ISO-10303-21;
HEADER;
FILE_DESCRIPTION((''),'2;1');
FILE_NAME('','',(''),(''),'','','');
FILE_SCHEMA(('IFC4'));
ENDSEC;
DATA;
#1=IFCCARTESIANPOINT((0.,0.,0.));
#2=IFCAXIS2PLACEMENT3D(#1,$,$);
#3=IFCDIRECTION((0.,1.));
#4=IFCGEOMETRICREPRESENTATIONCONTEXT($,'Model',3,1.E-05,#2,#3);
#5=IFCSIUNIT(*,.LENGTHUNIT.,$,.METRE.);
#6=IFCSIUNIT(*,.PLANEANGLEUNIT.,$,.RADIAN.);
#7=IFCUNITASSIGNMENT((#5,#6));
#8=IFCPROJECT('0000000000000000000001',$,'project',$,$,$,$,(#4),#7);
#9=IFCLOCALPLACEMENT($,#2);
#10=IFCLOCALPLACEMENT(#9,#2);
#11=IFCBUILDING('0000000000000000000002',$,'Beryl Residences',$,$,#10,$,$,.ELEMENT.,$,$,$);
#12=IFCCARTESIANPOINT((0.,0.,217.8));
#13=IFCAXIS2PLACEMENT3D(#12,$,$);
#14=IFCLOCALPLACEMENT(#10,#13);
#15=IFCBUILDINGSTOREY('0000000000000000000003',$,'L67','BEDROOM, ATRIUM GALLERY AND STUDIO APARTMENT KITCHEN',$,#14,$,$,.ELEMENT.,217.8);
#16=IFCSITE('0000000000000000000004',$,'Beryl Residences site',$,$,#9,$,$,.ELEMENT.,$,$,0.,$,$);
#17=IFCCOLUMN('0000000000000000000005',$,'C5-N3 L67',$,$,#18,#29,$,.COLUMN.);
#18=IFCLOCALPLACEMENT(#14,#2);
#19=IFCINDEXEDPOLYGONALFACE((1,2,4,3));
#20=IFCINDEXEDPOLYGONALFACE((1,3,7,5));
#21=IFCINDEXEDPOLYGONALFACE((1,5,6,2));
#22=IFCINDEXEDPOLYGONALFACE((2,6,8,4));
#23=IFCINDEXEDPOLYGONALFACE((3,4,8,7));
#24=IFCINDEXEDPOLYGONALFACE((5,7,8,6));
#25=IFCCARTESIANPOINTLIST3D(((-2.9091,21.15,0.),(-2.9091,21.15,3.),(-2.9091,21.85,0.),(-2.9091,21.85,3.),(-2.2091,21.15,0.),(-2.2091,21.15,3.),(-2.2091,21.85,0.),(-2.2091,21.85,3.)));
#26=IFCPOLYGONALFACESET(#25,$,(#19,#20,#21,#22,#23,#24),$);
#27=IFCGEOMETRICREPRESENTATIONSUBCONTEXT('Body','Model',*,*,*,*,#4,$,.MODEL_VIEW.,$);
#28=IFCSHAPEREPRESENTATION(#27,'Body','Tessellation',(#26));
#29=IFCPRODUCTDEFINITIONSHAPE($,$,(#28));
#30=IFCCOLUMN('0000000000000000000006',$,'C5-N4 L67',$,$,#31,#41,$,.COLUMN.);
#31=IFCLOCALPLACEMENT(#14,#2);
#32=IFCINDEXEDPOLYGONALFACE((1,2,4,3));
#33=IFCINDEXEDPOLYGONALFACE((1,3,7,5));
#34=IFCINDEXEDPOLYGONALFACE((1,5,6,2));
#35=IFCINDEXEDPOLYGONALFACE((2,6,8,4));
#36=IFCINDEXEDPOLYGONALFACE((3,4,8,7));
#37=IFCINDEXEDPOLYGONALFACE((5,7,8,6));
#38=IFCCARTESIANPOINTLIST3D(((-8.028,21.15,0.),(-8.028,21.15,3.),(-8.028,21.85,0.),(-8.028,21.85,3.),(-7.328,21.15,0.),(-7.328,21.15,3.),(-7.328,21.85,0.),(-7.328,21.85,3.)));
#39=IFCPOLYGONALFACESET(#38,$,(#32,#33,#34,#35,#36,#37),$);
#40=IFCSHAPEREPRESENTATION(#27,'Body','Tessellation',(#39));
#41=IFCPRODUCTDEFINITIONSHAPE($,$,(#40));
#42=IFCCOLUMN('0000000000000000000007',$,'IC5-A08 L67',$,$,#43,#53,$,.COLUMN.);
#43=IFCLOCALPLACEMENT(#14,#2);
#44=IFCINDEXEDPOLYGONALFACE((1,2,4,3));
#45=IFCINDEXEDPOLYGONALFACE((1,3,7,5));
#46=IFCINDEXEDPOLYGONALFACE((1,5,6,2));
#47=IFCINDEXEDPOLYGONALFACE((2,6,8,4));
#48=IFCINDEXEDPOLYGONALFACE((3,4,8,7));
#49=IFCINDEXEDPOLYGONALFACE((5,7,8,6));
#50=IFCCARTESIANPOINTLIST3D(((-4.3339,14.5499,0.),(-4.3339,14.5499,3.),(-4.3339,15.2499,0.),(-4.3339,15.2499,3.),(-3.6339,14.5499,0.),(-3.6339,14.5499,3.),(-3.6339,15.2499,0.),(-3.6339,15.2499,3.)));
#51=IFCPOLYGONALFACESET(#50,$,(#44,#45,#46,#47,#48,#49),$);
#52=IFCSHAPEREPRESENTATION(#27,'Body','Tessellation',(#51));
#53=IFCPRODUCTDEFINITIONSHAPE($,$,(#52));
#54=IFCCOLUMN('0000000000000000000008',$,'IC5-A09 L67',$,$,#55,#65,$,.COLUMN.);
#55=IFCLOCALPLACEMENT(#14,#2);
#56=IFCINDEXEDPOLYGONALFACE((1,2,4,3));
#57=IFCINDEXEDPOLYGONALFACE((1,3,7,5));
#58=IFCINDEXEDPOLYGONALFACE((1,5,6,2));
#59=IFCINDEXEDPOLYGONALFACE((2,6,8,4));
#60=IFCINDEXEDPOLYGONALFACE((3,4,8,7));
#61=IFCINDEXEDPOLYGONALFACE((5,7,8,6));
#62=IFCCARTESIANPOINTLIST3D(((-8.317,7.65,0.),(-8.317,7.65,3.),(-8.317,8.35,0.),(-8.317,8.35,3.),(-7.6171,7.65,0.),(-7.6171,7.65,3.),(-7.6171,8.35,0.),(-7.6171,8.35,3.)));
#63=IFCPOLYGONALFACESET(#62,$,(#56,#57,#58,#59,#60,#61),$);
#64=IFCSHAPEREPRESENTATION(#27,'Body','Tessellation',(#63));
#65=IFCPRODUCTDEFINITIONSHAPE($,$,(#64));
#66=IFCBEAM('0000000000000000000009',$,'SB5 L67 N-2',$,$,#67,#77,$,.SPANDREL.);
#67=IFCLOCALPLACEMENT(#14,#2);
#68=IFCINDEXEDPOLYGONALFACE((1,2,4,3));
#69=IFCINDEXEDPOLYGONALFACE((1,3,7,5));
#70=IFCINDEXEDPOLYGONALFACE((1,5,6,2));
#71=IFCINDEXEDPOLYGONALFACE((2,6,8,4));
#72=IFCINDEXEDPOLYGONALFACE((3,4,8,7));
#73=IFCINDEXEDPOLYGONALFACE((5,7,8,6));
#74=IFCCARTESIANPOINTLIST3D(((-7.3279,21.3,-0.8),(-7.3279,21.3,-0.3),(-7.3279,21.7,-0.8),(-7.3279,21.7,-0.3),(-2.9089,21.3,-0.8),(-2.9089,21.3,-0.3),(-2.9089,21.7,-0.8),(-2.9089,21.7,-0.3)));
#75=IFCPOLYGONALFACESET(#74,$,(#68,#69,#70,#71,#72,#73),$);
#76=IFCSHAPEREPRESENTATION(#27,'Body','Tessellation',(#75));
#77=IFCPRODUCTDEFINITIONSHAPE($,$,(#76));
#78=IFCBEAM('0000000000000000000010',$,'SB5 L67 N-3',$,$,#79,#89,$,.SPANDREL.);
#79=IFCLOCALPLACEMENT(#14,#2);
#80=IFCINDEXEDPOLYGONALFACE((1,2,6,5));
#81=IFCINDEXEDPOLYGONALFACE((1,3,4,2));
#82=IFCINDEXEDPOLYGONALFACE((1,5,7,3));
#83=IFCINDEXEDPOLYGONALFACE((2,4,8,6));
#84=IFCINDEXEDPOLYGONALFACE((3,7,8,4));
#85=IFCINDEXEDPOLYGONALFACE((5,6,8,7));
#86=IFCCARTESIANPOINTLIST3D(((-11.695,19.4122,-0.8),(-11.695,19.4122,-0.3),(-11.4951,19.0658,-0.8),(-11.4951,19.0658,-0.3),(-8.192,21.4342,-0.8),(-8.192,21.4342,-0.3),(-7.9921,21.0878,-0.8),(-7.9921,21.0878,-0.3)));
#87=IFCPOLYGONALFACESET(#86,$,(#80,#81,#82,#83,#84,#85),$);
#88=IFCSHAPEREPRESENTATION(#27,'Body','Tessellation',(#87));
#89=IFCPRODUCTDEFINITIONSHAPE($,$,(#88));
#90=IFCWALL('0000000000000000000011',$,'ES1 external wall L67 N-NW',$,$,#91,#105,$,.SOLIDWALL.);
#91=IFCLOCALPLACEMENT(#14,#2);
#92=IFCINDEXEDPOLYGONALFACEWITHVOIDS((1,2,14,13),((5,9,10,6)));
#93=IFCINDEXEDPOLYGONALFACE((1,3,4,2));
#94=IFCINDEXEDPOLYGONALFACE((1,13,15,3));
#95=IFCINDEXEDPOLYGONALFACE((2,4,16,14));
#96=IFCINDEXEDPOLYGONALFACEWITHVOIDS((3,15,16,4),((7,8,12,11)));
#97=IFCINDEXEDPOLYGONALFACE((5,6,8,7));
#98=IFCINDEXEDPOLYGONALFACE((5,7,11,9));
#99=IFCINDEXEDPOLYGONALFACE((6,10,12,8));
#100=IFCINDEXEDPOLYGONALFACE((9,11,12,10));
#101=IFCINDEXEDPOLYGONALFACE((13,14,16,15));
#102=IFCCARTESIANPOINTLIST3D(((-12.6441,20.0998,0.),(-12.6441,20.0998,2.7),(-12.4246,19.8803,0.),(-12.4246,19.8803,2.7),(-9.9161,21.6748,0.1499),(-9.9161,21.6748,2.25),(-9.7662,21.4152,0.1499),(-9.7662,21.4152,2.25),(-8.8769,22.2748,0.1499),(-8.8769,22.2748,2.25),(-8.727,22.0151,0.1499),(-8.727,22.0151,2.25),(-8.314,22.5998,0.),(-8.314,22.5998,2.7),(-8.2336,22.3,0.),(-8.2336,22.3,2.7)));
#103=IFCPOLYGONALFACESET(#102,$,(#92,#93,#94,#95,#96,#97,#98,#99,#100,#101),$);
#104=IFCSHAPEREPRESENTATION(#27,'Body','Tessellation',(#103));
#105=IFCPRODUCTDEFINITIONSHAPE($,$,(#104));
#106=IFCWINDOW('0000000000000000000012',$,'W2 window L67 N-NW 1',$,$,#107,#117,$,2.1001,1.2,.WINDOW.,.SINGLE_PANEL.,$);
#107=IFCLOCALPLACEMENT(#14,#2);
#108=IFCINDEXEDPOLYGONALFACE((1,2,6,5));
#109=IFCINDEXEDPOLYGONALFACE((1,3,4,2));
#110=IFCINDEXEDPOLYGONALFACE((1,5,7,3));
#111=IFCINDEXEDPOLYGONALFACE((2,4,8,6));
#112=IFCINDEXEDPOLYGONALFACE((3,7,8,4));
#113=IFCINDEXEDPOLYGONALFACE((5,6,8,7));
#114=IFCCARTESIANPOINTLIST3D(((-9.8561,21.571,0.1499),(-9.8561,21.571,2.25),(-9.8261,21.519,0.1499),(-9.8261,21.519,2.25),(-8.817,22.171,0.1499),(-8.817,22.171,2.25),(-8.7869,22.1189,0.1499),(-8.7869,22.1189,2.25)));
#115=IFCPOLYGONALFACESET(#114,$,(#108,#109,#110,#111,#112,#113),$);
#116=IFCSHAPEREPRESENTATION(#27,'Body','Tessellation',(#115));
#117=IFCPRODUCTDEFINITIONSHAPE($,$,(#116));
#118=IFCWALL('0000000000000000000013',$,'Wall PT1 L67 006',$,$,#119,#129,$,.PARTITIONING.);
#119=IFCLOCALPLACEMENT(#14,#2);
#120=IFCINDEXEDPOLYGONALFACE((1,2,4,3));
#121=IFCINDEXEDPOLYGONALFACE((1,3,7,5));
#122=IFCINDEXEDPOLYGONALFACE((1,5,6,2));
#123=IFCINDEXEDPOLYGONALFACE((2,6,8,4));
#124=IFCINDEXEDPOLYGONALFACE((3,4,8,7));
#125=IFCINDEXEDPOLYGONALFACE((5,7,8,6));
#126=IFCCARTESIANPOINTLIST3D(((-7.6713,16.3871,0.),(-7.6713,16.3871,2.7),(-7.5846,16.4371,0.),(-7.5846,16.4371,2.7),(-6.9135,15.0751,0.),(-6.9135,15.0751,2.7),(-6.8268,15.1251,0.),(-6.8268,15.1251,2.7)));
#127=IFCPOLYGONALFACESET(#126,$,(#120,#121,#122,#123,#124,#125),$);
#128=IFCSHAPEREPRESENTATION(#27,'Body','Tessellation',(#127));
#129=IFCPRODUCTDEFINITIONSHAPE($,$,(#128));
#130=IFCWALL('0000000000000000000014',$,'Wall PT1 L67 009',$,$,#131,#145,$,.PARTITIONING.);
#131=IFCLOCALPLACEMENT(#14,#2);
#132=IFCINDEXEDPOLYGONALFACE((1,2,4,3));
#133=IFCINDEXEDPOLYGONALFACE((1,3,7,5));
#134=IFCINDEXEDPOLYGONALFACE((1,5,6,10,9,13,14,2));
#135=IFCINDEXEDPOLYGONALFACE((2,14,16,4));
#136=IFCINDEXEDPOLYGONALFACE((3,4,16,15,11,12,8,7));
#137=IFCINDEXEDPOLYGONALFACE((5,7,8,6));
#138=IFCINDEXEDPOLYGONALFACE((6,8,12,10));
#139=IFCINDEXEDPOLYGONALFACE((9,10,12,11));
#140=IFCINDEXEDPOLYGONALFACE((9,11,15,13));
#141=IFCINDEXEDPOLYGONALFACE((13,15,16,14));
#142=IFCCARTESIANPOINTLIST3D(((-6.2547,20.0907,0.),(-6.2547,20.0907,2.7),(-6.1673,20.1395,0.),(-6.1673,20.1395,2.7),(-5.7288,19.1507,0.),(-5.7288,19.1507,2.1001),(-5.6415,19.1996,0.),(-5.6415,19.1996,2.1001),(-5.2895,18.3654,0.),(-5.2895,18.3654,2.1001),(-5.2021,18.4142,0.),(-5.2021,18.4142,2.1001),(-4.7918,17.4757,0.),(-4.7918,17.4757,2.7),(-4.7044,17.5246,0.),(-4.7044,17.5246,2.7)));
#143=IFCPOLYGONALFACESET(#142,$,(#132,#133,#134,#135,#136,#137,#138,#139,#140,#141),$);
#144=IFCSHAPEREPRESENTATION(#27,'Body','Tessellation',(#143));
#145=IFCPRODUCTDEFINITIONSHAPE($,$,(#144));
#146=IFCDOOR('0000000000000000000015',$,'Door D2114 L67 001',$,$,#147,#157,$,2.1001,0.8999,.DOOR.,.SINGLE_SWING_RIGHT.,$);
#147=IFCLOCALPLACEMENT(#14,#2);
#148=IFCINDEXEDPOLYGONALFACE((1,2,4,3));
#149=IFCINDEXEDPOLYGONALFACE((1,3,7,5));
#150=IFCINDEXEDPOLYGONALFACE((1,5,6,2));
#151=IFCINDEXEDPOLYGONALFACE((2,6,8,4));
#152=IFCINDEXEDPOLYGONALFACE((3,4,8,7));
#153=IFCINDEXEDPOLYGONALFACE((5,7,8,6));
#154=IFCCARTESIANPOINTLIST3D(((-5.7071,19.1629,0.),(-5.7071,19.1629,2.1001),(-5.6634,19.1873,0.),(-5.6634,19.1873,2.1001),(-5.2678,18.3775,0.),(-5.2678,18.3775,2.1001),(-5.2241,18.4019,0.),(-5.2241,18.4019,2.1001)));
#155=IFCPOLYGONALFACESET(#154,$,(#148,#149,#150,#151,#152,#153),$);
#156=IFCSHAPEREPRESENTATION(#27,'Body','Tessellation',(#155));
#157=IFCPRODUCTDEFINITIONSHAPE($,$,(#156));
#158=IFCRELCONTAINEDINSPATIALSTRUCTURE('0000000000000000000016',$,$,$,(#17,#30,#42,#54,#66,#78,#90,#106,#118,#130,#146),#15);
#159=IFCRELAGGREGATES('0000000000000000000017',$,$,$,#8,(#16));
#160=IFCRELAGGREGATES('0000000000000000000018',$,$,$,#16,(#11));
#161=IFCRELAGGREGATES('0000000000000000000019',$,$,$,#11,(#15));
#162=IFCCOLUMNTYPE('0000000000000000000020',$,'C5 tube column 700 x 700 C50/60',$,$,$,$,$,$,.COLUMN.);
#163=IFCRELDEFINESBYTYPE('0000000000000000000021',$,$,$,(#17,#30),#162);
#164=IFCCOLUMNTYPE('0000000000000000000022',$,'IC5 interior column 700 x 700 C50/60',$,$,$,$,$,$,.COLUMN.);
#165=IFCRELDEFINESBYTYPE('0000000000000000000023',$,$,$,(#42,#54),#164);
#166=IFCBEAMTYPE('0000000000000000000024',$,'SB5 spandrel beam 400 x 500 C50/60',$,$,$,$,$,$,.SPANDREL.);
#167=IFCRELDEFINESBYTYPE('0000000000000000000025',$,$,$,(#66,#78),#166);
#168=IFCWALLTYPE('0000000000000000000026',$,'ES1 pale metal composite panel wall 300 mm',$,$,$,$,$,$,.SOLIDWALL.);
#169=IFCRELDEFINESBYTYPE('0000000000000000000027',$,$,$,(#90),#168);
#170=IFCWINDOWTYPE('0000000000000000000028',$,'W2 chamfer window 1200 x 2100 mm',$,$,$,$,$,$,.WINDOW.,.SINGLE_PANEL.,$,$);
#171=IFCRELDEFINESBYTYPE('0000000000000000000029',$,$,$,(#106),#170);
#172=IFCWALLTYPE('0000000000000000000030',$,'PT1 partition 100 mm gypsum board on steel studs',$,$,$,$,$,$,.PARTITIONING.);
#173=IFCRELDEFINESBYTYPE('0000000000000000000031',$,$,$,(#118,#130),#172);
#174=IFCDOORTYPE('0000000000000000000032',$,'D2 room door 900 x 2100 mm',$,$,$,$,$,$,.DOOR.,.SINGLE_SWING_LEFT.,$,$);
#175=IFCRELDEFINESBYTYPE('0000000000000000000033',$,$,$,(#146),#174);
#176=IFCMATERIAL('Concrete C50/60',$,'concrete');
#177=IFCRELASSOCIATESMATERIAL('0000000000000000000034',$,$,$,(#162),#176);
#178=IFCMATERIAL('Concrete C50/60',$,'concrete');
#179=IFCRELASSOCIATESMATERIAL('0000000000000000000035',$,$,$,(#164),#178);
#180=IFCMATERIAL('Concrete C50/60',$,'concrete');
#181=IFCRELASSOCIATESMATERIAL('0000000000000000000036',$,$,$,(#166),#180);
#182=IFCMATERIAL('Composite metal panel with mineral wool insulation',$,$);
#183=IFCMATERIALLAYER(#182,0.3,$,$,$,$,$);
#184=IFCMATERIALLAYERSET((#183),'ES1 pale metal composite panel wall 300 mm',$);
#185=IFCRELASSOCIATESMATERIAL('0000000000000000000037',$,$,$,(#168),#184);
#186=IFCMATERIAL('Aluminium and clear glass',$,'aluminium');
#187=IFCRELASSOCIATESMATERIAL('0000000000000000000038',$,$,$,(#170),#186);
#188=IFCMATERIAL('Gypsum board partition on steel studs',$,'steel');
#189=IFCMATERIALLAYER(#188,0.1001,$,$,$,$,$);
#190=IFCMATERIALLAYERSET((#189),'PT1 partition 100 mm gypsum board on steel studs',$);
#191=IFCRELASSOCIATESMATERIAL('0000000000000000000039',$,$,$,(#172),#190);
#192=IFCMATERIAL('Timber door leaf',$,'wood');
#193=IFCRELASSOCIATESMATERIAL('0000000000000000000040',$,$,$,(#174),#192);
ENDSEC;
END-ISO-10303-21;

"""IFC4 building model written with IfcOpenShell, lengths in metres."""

from ifc_helpers import new_model, si_unit, direction, frame, frame_2d, origin, origin_2d, place, context, subcontext, project, spatial, polyline, rectangle, outline, extrude, material, layer, layer_set, material_profile, profile_set, type_object, element, fill, save


model = new_model("IFC4")

# Units and contexts
model_context = context("Model", 3, precision=1e-05, world=origin(), true_north=direction((0.0, 1.0)))
body_context = subcontext(model_context, "Body", "Model", "MODEL_VIEW")
ifc_project = project(units=[si_unit("LENGTHUNIT", "METRE"), si_unit("PLANEANGLEUNIT", "RADIAN")], contexts=[model_context])

# Site, building, storey
site_placement = place(None, origin())
site = spatial("IfcSite", under=ifc_project, at=site_placement, Name="Beryl Residences site", CompositionType="ELEMENT", RefElevation=0.0)
building_placement = place(site_placement, origin())
building = spatial("IfcBuilding", under=site, at=building_placement, Name="Beryl Residences", CompositionType="ELEMENT")
storey_placement = place(building_placement, frame((0.0, 0.0, 217.8)))
storey = spatial("IfcBuildingStorey", under=building, at=storey_placement, Name="L67", Description="BEDROOM, ATRIUM GALLERY AND STUDIO APARTMENT KITCHEN", CompositionType="ELEMENT", Elevation=217.8)

# Columns
ifc_material_1 = material(Name="Concrete C50/60", Category="concrete")
ifc_material_profile_1 = material_profile(ifc_material_1, rectangle(XDim=0.7, YDim=0.7, at=origin_2d()))
ifc_profile_set_1 = profile_set([ifc_material_profile_1], Name="Concrete C50/60")
column_type_1 = type_object("IfcColumnType", Name="C5 tube column 700 x 700 C50/60", PredefinedType="COLUMN", material=ifc_profile_set_1)
for number, where, z_axis, x_axis, name in (
    (1, (-2.5591, 21.5, 0.0), (0.0, 0.0, 1.0), (-1.0, 0.0, 0.0), "C5-N3 L67"),
    (2, (-7.678, 21.5, 0.0), (0.0, 0.0, 1.0), (-1.0, 0.0, 0.0), "C5-N4 L67"),
):
    element("IfcColumn", number, at=place(storey_placement, frame(where, z_axis=z_axis, x_axis=x_axis)), inside=storey, type_object=column_type_1, Name=name, PredefinedType="COLUMN", context=body_context, shape_type="SweptSolid", body=[
        extrude(rectangle(XDim=0.7, YDim=0.7, at=origin_2d()), origin(), (0.0, 0.0, 1.0), 3.0),
    ])
ifc_material_2 = material(Name="Concrete C50/60", Category="concrete")
ifc_material_profile_2 = material_profile(ifc_material_2, rectangle(XDim=0.7, YDim=0.7, at=origin_2d()))
ifc_profile_set_2 = profile_set([ifc_material_profile_2], Name="Concrete C50/60")
column_type_2 = type_object("IfcColumnType", Name="IC5 interior column 700 x 700 C50/60", PredefinedType="COLUMN", material=ifc_profile_set_2)
for number, where, z_axis, x_axis, name in (
    (3, (-3.9839, 14.8999, 0.0), (0.0, 0.0, 1.0), (1.0, 0.0, 0.0), "IC5-A08 L67"),
    (4, (-7.967, 8.0, 0.0), (0.0, 0.0, 1.0), (1.0, 0.0, 0.0), "IC5-A09 L67"),
):
    element("IfcColumn", number, at=place(storey_placement, frame(where, z_axis=z_axis, x_axis=x_axis)), inside=storey, type_object=column_type_2, Name=name, PredefinedType="COLUMN", context=body_context, shape_type="SweptSolid", body=[
        extrude(rectangle(XDim=0.7, YDim=0.7, at=origin_2d()), origin(), (0.0, 0.0, 1.0), 3.0),
    ])

# Beams
ifc_material_3 = material(Name="Concrete C50/60", Category="concrete")
ifc_material_profile_3 = material_profile(ifc_material_3, rectangle(XDim=0.3999, YDim=0.5, at=origin_2d()))
ifc_profile_set_3 = profile_set([ifc_material_profile_3], Name="Concrete C50/60")
beam_type = type_object("IfcBeamType", Name="SB5 spandrel beam 400 x 500 C50/60", PredefinedType="SPANDREL", material=ifc_profile_set_3)
beam_1_placement = place(storey_placement, frame((-2.9089, 21.5, -0.55), z_axis=(-1.0, 0.0, 0.0), x_axis=(0.0, -1.0, 0.0)))
element("IfcBeam", 5, at=beam_1_placement, inside=storey, type_object=beam_type, Name="SB5 L67 N-2", PredefinedType="SPANDREL", context=body_context, shape_type="SweptSolid", body=[
    extrude(rectangle(XDim=0.3999, YDim=0.5, at=origin_2d()), origin(), (0.0, 0.0, 1.0), 4.4189),
])
beam_2_placement = place(storey_placement, frame((-8.092, 21.261, -0.55), z_axis=(-0.866073, -0.499918, 0.0), x_axis=(0.499918, -0.866073, 0.0)))
element("IfcBeam", 6, at=beam_2_placement, inside=storey, type_object=beam_type, Name="SB5 L67 N-3", PredefinedType="SPANDREL", context=body_context, shape_type="SweptSolid", body=[
    extrude(rectangle(XDim=0.3999, YDim=0.5, at=origin_2d()), origin(), (0.0, 0.0, 1.0), 4.0447),
])

# Wall, opening, window
ifc_material_4 = material(Name="Composite metal panel with mineral wool insulation")
ifc_layer_1 = layer(ifc_material_4, 0.3)
ifc_layer_set_1 = layer_set([ifc_layer_1], Name="ES1 pale metal composite panel wall 300 mm")
wall_type_1 = type_object("IfcWallType", Name="ES1 pale metal composite panel wall 300 mm", PredefinedType="SOLIDWALL", material=ifc_layer_set_1)
wall_1_placement = place(storey_placement, frame((-8.239, 22.47, 0.0), z_axis=(0.0, 0.0, 1.0), x_axis=(-0.866023, -0.500004, 0.0)))
wall_1 = element("IfcWall", 7, at=wall_1_placement, inside=storey, type_object=wall_type_1, Name="ES1 external wall L67 N-NW", PredefinedType="SOLIDWALL", context=body_context, shape_type="SweptSolid", body=[
    extrude(outline(polyline([(0.0, -0.1499), (5.0, -0.1499), (4.9197, 0.1499), (0.0803, 0.1499), (0.0, -0.1499)])), origin(), (0.0, 0.0, 1.0), 2.7),
])
opening_1_placement = place(wall_1_placement, frame((0.6499, 0.0, 0.1499)))
opening_1 = element("IfcOpeningElement", 8, at=opening_1_placement, cuts=wall_1, PredefinedType="OPENING", context=body_context, shape_type="SweptSolid", body=[
    extrude(rectangle(XDim=1.2, YDim=2.1001, at=frame_2d((0.6001, 1.05))), frame((0.0, 0.1599, 0.0), z_axis=(0.0, -1.0, 0.0), x_axis=(1.0, 0.0, 0.0)), (0.0, 0.0, 1.0), 0.3201),
])
ifc_material_5 = material(Name="Aluminium and clear glass", Category="aluminium")
window_type = type_object("IfcWindowType", Name="W2 chamfer window 1200 x 2100 mm", PartitioningType="SINGLE_PANEL", PredefinedType="WINDOW", material=ifc_material_5)
window_placement = place(opening_1_placement, origin())
window = element("IfcWindow", 9, at=window_placement, inside=storey, type_object=window_type, Name="W2 window L67 N-NW 1", OverallHeight=2.1001, OverallWidth=1.2, PartitioningType="SINGLE_PANEL", PredefinedType="WINDOW", context=body_context, shape_type="SweptSolid", body=[
    extrude(rectangle(XDim=1.2, YDim=2.1001, at=frame_2d((0.6001, 1.05))), frame((0.0, 0.03, 0.0), z_axis=(0.0, -1.0, 0.0), x_axis=(1.0, 0.0, 0.0)), (0.0, 0.0, 1.0), 0.0601),
])
fill(opening_1, window)

# Wall
ifc_material_6 = material(Name="Gypsum board partition on steel studs", Category="steel")
ifc_layer_2 = layer(ifc_material_6, 0.1001)
ifc_layer_set_2 = layer_set([ifc_layer_2], Name="PT1 partition 100 mm gypsum board on steel studs")
wall_type_2 = type_object("IfcWallType", Name="PT1 partition 100 mm gypsum board on steel studs", PredefinedType="PARTITIONING", material=ifc_layer_set_2)
wall_2_placement = place(storey_placement, frame((-7.6279, 16.4121, 0.0), z_axis=(0.0, 0.0, 1.0), x_axis=(0.500159, -0.865933, 0.0)))
element("IfcWall", 10, at=wall_2_placement, inside=storey, type_object=wall_type_2, Name="Wall PT1 L67 006", PredefinedType="PARTITIONING", context=body_context, shape_type="SweptSolid", body=[
    extrude(rectangle(XDim=1.5151, YDim=0.1001, at=frame_2d((0.7576, 0.0))), origin(), (0.0, 0.0, 1.0), 2.7),
])

# Wall, opening, door
wall_3_placement = place(storey_placement, frame((-6.2109, 20.115, 0.0), z_axis=(0.0, 0.0, 1.0), x_axis=(0.488221, -0.87272, 0.0)))
wall_3 = element("IfcWall", 11, at=wall_3_placement, inside=storey, type_object=wall_type_2, Name="Wall PT1 L67 009", PredefinedType="PARTITIONING", context=body_context, shape_type="SweptSolid", body=[
    extrude(rectangle(XDim=2.9963, YDim=0.1001, at=frame_2d((1.498, 0.0))), origin(), (0.0, 0.0, 1.0), 2.7),
])
opening_2_placement = place(wall_3_placement, frame((1.0769, 0.0, 0.0)))
opening_2 = element("IfcOpeningElement", 12, at=opening_2_placement, cuts=wall_3, PredefinedType="OPENING", context=body_context, shape_type="SweptSolid", body=[
    extrude(rectangle(XDim=0.8999, YDim=2.1001, at=frame_2d((0.45, 1.05))), frame((0.0, 0.0601, 0.0), z_axis=(0.0, -1.0, 0.0), x_axis=(1.0, 0.0, 0.0)), (0.0, 0.0, 1.0), 0.1201),
])
ifc_material_7 = material(Name="Timber door leaf", Category="wood")
door_type_1 = type_object("IfcDoorType", Name="D2 room door 900 x 2100 mm", OperationType="SINGLE_SWING_LEFT", PredefinedType="DOOR", material=ifc_material_7)
door_1_placement = place(opening_2_placement, origin())
door_1 = element("IfcDoor", 13, at=door_1_placement, inside=storey, type_object=door_type_1, Name="Door D2114 L67 001", OperationType="SINGLE_SWING_RIGHT", OverallHeight=2.1001, OverallWidth=0.8999, PredefinedType="DOOR", context=body_context, shape_type="SweptSolid", body=[
    extrude(rectangle(XDim=0.8999, YDim=2.1001, at=frame_2d((0.45, 1.05))), frame((0.0, 0.0249, 0.0), z_axis=(0.0, -1.0, 0.0), x_axis=(1.0, 0.0, 0.0)), (0.0, 0.0, 1.0), 0.05),
])
fill(opening_2, door_1)

save(model, "model.ifc")
